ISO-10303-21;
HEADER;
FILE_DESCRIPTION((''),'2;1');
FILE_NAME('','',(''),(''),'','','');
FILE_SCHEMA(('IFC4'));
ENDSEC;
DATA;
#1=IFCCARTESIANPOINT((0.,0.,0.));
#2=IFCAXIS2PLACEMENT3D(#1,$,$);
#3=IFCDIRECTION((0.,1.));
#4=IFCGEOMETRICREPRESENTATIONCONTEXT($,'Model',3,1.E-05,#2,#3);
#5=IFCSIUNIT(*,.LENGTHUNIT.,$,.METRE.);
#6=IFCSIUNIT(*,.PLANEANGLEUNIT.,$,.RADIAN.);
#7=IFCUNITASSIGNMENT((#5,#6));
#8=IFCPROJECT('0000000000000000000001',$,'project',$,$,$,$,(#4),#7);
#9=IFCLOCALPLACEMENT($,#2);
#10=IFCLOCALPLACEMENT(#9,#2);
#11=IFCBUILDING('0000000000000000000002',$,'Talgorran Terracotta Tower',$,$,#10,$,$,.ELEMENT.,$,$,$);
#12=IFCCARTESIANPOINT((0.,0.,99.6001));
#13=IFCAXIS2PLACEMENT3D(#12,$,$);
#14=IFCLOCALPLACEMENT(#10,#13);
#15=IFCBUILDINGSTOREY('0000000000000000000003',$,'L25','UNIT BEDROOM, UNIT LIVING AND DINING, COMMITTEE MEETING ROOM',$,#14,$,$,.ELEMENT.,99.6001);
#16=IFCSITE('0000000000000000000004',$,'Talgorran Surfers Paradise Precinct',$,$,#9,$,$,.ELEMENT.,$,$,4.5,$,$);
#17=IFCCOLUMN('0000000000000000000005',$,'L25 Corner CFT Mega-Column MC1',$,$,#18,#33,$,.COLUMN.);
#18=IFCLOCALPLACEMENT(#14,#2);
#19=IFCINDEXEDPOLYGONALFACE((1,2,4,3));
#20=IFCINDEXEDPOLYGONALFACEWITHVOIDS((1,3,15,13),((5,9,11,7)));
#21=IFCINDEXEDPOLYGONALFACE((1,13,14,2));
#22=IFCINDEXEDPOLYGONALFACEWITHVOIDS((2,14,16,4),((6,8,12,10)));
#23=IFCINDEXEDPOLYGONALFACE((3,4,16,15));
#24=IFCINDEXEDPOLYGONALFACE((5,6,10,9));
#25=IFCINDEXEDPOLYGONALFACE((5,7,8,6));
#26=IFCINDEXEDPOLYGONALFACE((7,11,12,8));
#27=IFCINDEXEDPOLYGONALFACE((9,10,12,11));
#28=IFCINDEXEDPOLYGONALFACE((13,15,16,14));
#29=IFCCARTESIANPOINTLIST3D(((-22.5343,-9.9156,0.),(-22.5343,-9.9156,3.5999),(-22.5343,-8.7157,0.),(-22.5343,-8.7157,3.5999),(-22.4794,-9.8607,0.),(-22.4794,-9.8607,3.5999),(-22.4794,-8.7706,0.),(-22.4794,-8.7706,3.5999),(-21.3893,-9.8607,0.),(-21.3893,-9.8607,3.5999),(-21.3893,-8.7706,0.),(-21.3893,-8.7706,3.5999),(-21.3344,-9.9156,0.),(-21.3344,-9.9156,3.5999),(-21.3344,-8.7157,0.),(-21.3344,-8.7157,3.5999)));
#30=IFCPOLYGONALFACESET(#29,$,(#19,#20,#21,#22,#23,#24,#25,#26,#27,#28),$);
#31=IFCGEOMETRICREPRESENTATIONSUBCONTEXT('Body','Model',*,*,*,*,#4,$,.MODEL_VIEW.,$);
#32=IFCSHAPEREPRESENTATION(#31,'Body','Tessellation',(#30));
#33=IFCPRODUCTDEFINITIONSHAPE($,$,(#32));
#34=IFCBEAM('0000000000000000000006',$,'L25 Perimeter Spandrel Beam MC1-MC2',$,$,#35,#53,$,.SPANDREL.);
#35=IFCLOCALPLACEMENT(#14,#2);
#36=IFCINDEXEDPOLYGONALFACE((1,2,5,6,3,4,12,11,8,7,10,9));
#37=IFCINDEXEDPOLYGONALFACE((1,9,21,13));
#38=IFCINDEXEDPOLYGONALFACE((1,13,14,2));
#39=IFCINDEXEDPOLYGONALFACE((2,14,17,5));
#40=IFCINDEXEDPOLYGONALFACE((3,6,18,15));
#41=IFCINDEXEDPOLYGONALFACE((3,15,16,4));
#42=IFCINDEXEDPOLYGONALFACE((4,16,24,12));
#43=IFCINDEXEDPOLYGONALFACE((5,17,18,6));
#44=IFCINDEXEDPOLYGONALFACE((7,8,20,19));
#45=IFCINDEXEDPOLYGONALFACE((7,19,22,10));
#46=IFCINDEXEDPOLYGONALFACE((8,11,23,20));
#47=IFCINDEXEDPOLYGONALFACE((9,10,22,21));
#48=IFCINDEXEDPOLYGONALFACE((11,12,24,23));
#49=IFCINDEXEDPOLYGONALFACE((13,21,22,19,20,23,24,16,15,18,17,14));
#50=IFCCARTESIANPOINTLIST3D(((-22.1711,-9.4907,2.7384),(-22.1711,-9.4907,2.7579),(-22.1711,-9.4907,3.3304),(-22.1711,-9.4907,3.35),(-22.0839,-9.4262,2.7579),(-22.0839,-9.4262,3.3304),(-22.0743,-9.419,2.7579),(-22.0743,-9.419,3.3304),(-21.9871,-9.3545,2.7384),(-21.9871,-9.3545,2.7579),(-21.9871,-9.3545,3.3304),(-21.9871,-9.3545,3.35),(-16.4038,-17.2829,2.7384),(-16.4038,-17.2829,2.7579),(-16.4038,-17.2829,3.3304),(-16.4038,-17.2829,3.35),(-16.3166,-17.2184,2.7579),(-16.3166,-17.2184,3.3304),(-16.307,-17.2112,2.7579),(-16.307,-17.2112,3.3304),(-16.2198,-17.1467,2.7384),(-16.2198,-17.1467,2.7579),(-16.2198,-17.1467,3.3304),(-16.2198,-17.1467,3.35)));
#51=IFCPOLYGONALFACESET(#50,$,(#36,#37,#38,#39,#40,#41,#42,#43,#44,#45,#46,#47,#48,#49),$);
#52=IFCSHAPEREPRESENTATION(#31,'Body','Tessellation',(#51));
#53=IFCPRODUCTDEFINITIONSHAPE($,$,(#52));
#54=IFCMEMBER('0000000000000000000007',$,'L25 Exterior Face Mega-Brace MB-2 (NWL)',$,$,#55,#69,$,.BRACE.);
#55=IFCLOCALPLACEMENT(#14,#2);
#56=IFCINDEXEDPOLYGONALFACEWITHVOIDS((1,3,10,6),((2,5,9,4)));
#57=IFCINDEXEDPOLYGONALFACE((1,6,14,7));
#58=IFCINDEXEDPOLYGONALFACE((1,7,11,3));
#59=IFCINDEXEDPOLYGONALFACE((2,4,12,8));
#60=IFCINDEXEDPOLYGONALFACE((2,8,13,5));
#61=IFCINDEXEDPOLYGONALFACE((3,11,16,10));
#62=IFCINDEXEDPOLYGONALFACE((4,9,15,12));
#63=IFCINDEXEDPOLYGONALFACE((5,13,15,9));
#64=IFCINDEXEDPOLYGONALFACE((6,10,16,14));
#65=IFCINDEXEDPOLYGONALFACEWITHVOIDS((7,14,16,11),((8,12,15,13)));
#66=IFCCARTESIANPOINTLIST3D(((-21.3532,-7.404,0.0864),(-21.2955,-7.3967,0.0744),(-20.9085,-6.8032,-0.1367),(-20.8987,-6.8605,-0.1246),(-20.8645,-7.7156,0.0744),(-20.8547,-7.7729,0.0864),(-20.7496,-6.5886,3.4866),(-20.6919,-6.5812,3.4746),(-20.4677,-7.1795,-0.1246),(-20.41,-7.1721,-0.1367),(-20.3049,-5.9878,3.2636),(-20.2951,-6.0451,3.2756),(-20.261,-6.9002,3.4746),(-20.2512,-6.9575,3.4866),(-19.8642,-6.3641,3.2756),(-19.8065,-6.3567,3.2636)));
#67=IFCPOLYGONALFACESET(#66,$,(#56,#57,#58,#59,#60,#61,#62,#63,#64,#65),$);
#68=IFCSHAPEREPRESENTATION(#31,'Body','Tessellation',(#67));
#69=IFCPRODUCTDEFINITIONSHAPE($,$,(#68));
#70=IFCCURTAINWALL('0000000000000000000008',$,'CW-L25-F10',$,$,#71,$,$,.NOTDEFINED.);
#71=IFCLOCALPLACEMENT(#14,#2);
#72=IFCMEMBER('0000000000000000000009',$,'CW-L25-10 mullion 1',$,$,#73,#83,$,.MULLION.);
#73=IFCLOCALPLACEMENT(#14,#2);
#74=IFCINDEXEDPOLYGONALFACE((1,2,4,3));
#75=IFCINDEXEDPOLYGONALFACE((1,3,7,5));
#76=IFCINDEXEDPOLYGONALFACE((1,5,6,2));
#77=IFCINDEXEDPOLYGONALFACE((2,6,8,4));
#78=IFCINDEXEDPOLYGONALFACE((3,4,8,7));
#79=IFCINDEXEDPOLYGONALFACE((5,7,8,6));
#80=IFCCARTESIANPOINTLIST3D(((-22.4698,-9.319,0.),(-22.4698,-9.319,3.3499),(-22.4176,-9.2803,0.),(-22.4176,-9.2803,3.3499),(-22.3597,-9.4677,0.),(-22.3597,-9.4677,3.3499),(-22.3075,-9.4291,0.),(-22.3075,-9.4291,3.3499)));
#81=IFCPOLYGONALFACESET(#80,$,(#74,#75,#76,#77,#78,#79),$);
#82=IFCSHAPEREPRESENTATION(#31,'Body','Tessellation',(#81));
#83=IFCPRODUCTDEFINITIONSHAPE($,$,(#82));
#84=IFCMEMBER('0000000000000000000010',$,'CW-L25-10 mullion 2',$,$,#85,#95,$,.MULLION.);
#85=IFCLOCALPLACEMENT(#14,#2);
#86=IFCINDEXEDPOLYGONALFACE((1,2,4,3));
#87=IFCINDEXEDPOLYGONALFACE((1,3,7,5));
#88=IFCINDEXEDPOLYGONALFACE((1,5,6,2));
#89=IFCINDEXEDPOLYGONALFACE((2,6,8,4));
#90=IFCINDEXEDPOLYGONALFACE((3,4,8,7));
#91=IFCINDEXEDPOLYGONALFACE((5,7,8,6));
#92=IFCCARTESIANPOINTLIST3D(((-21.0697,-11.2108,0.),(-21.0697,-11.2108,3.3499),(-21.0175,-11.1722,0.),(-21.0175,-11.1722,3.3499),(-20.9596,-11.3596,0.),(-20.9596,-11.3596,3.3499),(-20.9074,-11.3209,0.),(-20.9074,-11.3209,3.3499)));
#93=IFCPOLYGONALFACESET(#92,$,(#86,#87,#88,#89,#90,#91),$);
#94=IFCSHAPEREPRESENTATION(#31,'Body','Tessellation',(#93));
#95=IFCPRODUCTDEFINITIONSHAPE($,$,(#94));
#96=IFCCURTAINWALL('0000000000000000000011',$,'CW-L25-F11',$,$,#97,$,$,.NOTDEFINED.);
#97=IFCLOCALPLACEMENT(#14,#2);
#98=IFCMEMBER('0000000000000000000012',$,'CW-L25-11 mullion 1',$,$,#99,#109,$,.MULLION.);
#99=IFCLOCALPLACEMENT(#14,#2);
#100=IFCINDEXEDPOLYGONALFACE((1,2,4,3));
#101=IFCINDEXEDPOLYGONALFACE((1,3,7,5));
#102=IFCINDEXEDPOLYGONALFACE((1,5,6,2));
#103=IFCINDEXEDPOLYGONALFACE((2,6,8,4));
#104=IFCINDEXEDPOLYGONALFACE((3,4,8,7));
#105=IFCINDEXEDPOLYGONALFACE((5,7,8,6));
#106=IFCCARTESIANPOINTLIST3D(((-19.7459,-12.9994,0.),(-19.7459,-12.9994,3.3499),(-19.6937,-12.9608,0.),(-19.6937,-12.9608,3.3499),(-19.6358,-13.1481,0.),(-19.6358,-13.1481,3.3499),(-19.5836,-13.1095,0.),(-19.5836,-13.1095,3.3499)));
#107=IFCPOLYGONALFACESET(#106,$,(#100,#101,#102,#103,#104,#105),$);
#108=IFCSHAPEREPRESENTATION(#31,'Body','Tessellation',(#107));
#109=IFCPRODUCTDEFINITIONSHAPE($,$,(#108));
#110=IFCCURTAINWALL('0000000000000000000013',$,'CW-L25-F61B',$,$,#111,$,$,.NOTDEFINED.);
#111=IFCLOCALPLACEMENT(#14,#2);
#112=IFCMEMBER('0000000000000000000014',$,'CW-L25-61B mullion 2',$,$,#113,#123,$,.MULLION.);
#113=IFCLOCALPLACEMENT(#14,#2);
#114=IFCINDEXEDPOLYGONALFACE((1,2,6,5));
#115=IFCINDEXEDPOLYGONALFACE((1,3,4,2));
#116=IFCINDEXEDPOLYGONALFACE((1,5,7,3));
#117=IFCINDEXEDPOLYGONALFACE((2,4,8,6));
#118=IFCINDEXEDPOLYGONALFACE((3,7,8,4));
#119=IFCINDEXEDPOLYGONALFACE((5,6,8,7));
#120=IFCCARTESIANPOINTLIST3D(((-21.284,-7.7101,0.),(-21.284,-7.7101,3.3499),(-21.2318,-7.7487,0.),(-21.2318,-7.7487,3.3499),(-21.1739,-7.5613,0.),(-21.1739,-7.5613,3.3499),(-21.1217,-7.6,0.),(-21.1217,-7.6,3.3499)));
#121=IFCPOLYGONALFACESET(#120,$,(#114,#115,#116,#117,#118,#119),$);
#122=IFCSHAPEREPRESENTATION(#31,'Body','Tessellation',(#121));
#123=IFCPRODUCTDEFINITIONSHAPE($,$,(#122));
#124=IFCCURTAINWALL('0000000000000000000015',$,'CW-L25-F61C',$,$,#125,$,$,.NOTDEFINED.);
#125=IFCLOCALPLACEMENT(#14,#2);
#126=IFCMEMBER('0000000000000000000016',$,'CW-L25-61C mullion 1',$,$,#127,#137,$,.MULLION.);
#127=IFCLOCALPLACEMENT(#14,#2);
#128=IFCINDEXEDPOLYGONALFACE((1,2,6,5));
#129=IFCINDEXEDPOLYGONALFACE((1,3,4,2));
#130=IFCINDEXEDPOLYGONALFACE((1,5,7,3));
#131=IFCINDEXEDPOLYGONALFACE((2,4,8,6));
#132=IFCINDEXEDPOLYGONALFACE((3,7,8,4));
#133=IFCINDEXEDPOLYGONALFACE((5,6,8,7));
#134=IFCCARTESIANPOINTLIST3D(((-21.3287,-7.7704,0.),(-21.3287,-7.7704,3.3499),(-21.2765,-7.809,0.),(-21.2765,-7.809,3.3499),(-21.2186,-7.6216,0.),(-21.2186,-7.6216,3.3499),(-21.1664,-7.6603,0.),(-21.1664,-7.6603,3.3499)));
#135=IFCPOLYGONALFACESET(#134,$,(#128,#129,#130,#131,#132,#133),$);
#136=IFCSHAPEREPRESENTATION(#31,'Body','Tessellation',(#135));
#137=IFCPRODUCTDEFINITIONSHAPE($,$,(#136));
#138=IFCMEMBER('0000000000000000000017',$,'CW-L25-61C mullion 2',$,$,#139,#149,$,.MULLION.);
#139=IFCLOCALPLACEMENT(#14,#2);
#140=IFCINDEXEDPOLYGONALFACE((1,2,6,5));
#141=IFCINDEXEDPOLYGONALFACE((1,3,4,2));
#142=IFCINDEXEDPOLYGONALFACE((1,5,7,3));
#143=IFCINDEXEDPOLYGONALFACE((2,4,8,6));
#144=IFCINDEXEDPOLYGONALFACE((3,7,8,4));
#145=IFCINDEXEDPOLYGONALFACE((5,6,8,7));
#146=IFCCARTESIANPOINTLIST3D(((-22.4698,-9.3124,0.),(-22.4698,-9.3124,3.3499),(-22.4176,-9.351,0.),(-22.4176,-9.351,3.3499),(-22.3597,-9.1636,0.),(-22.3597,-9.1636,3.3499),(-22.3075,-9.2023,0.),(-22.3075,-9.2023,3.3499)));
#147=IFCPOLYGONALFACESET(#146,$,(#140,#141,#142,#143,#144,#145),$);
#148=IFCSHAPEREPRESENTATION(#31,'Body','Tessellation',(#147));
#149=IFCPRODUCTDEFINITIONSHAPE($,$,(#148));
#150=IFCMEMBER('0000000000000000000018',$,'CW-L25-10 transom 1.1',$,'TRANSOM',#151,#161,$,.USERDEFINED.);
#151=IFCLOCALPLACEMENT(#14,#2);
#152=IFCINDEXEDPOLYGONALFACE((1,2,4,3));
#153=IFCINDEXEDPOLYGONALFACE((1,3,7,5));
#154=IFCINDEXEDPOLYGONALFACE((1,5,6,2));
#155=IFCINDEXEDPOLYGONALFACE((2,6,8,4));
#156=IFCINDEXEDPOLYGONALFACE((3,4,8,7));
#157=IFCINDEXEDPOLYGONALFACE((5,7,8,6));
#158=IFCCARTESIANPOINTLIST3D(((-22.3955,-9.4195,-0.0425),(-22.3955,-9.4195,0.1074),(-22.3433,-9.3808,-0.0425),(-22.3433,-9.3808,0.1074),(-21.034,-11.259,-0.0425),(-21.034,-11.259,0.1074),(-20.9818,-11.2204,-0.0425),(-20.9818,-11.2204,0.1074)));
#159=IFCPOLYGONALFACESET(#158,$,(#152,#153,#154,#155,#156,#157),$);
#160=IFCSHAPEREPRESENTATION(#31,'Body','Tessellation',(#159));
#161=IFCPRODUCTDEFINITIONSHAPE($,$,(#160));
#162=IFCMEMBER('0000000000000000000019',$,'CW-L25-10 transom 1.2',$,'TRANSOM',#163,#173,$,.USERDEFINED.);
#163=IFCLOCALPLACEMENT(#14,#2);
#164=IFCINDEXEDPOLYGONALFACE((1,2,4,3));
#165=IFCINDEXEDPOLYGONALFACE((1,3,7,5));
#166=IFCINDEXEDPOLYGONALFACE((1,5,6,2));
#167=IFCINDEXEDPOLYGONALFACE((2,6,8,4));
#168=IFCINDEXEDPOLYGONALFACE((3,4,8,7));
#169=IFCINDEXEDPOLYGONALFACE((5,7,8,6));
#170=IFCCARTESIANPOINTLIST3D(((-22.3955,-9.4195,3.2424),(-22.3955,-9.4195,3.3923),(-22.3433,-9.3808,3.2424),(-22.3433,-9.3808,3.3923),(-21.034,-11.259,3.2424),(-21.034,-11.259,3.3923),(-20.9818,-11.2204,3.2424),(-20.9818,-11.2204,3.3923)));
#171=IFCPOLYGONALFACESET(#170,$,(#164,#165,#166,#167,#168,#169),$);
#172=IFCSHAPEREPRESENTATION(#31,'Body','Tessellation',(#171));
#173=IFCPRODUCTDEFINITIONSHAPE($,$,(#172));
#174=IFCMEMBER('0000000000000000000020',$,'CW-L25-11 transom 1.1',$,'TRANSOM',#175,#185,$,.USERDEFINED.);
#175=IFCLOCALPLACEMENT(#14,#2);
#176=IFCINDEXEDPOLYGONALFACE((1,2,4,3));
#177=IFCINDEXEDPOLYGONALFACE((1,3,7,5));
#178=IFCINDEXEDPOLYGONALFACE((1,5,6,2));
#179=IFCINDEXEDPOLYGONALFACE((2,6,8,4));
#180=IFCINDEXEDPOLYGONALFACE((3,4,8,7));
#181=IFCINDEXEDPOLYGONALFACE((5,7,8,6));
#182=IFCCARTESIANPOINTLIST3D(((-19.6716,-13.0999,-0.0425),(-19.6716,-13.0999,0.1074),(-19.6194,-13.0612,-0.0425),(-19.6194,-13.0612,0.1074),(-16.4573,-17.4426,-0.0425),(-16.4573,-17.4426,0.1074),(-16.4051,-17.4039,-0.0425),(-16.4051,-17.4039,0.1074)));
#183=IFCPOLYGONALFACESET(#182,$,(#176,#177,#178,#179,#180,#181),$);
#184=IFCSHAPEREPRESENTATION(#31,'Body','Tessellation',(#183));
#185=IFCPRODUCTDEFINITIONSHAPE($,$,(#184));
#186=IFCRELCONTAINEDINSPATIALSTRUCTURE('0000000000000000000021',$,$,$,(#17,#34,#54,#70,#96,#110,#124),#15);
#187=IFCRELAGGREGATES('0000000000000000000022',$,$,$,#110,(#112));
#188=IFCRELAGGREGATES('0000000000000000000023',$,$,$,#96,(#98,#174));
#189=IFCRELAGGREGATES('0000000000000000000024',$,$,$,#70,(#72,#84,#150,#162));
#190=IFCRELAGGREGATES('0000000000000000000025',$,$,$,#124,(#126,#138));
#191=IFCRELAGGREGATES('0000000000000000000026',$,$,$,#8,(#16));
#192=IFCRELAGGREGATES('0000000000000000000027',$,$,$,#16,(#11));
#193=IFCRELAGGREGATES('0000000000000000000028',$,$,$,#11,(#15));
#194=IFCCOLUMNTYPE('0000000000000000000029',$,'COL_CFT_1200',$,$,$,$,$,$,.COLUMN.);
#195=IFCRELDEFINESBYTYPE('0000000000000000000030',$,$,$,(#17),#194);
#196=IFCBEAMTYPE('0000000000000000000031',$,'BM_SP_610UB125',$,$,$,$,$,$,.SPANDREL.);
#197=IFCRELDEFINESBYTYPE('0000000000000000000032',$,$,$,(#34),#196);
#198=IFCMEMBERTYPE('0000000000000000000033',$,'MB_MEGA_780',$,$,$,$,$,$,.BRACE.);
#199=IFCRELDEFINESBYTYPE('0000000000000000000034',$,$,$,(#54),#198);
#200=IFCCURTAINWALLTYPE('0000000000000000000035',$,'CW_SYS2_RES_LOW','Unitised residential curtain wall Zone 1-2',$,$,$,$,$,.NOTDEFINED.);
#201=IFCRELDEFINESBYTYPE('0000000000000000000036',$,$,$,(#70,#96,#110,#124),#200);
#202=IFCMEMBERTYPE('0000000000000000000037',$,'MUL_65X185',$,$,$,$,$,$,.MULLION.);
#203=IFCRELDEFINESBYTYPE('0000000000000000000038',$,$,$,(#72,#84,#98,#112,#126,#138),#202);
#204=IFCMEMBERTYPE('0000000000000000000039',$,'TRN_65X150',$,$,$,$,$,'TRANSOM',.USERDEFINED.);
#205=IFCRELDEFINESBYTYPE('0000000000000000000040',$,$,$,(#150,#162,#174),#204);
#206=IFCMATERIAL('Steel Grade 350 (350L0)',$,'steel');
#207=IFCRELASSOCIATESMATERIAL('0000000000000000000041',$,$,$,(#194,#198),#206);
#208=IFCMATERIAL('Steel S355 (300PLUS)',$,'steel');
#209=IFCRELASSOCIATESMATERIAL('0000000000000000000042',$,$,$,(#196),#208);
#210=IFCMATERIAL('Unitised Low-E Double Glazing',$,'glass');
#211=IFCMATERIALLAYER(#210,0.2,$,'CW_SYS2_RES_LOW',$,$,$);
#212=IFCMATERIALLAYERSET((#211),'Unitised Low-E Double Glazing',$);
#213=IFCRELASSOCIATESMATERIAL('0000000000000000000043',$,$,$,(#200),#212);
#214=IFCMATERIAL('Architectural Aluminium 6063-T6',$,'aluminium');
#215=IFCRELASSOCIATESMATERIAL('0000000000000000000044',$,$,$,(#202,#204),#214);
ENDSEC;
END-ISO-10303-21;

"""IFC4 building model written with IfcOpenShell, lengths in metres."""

from ifc_helpers import new_model, si_unit, direction, frame, origin, origin_2d, place, context, subcontext, project, spatial, rectangle, hollow_rectangle, i_section, extrude, material, layer, layer_set, material_profile, profile_set, type_object, element, aggregate, save


model = new_model("IFC4")

# Units and contexts
model_context = context("Model", 3, precision=1e-05, world=origin(), true_north=direction((0.0, 1.0)))
body_context = subcontext(model_context, "Body", "Model", "MODEL_VIEW")
ifc_project = project(units=[si_unit("LENGTHUNIT", "METRE"), si_unit("PLANEANGLEUNIT", "RADIAN")], contexts=[model_context])

# Site, building, storey
site_placement = place(None, origin())
site = spatial("IfcSite", under=ifc_project, at=site_placement, Name="Talgorran Surfers Paradise Precinct", CompositionType="ELEMENT", RefElevation=4.5)
building_placement = place(site_placement, origin())
building = spatial("IfcBuilding", under=site, at=building_placement, Name="Talgorran Terracotta Tower", CompositionType="ELEMENT")
storey_placement = place(building_placement, frame((0.0, 0.0, 99.6001)))
storey = spatial("IfcBuildingStorey", under=building, at=storey_placement, Name="L25", Description="UNIT BEDROOM, UNIT LIVING AND DINING, COMMITTEE MEETING ROOM", CompositionType="ELEMENT", Elevation=99.6001)

# Column
ifc_material_1 = material(Name="Steel Grade 350 (350L0)", Category="steel")
ifc_material_profile_1 = material_profile(ifc_material_1, hollow_rectangle(XDim=1.2, YDim=1.2, WallThickness=0.0549, at=origin_2d()), Name="CFT1200X1200X55")
ifc_profile_set_1 = profile_set([ifc_material_profile_1], Name="Steel Grade 350 (350L0)")
column_type = type_object("IfcColumnType", Name="COL_CFT_1200", PredefinedType="COLUMN", material=ifc_profile_set_1)
column_placement = place(storey_placement, frame((-21.9343, -9.3157, 0.0), z_axis=(0.0, 0.0, 1.0), x_axis=(1.0, 0.0, 0.0)))
element("IfcColumn", 1, at=column_placement, inside=storey, type_object=column_type, Name="L25 Corner CFT Mega-Column MC1", PredefinedType="COLUMN", context=body_context, shape_type="SweptSolid", body=[
    extrude(hollow_rectangle(XDim=1.2, YDim=1.2, WallThickness=0.0549, at=origin_2d()), origin(), (0.0, 0.0, 1.0), 3.5999),
])

# Beam
ifc_material_2 = material(Name="Steel S355 (300PLUS)", Category="steel")
ifc_material_profile_2 = material_profile(ifc_material_2, i_section(OverallWidth=0.229, OverallDepth=0.6116, WebThickness=0.012, FlangeThickness=0.0195, at=origin_2d()), Name="610UB125")
ifc_profile_set_2 = profile_set([ifc_material_profile_2], Name="Steel S355 (300PLUS)")
beam_type = type_object("IfcBeamType", Name="BM_SP_610UB125", PredefinedType="SPANDREL", material=ifc_profile_set_2)
beam_placement = place(storey_placement, frame((-22.0791, -9.4226, 3.0442), z_axis=(0.594915, -0.803789, 0.0), x_axis=(0.803789, 0.594915, 0.0)))
element("IfcBeam", 2, at=beam_placement, inside=storey, type_object=beam_type, Name="L25 Perimeter Spandrel Beam MC1-MC2", PredefinedType="SPANDREL", context=body_context, shape_type="SweptSolid", body=[
    extrude(i_section(OverallWidth=0.229, OverallDepth=0.6116, WebThickness=0.012, FlangeThickness=0.0195, at=origin_2d()), origin(), (0.0, 0.0, 1.0), 9.6943),
])

# Member
ifc_material_profile_3 = material_profile(ifc_material_1, hollow_rectangle(XDim=0.6201, YDim=0.78, WallThickness=0.042, at=origin_2d()), Name="WBOX780X620X42")
ifc_profile_set_3 = profile_set([ifc_material_profile_3], Name="Steel Grade 350 (350L0)")
member_type_1 = type_object("IfcMemberType", Name="MB_MEGA_780", PredefinedType="BRACE", material=ifc_profile_set_3)
member_1_placement = place(storey_placement, frame((-20.8816, -7.2881, -0.0251), z_axis=(0.170088, 0.229811, 0.958257), x_axis=(-0.803796, 0.594905, 0.0)))
element("IfcMember", 3, at=member_1_placement, inside=storey, type_object=member_type_1, Name="L25 Exterior Face Mega-Brace MB-2 (NWL)", PredefinedType="BRACE", context=body_context, shape_type="SweptSolid", body=[
    extrude(hollow_rectangle(XDim=0.6201, YDim=0.78, WallThickness=0.042, at=origin_2d()), origin(), (0.0, 0.0, 1.0), 3.5483),
])

# Curtain wall, members
ifc_material_3 = material(Name="Unitised Low-E Double Glazing", Category="glass")
ifc_layer_1 = layer(ifc_material_3, 0.2, Name="CW_SYS2_RES_LOW")
ifc_layer_set_1 = layer_set([ifc_layer_1], Name="Unitised Low-E Double Glazing")
curtain_wall_type = type_object("IfcCurtainWallType", Name="CW_SYS2_RES_LOW", Description="Unitised residential curtain wall Zone 1-2", PredefinedType="NOTDEFINED", material=ifc_layer_set_1)
curtain_wall_1_placement = place(storey_placement, origin())
curtain_wall_1 = element("IfcCurtainWall", 4, at=curtain_wall_1_placement, inside=storey, type_object=curtain_wall_type, Name="CW-L25-F10", PredefinedType="NOTDEFINED")
ifc_material_4 = material(Name="Architectural Aluminium 6063-T6", Category="aluminium")
ifc_material_profile_4 = material_profile(ifc_material_4, rectangle(XDim=0.0649, YDim=0.1851, at=origin_2d()), Name="CWM65X185")
ifc_profile_set_4 = profile_set([ifc_material_profile_4], Name="Architectural Aluminium 6063-T6")
member_type_2 = type_object("IfcMemberType", Name="MUL_65X185", PredefinedType="MULLION", material=ifc_profile_set_4)
member_2_placement = place(storey_placement, frame((-22.3887, -9.374, 0.0), z_axis=(0.0, 0.0, 1.0), x_axis=(0.803784, 0.594921, 0.0)))
member_2 = element("IfcMember", 5, at=member_2_placement, type_object=member_type_2, Name="CW-L25-10 mullion 1", PredefinedType="MULLION", context=body_context, shape_type="SweptSolid", body=[
    extrude(rectangle(XDim=0.0649, YDim=0.1851, at=origin_2d()), origin(), (0.0, 0.0, 1.0), 3.3499),
])
member_3_placement = place(storey_placement, frame((-20.9885, -11.2659, 0.0), z_axis=(0.0, 0.0, 1.0), x_axis=(0.803784, 0.594921, 0.0)))
member_3 = element("IfcMember", 6, at=member_3_placement, type_object=member_type_2, Name="CW-L25-10 mullion 2", PredefinedType="MULLION", context=body_context, shape_type="SweptSolid", body=[
    extrude(rectangle(XDim=0.0649, YDim=0.1851, at=origin_2d()), origin(), (0.0, 0.0, 1.0), 3.3499),
])

# Curtain walls, members
curtain_wall_2_placement = place(storey_placement, origin())
curtain_wall_2 = element("IfcCurtainWall", 7, at=curtain_wall_2_placement, inside=storey, type_object=curtain_wall_type, Name="CW-L25-F11", PredefinedType="NOTDEFINED")
member_4_placement = place(storey_placement, frame((-19.6648, -13.0544, 0.0), z_axis=(0.0, 0.0, 1.0), x_axis=(0.803788, 0.594916, 0.0)))
member_4 = element("IfcMember", 8, at=member_4_placement, type_object=member_type_2, Name="CW-L25-11 mullion 1", PredefinedType="MULLION", context=body_context, shape_type="SweptSolid", body=[
    extrude(rectangle(XDim=0.0649, YDim=0.1851, at=origin_2d()), origin(), (0.0, 0.0, 1.0), 3.3499),
])
curtain_wall_3_placement = place(storey_placement, origin())
curtain_wall_3 = element("IfcCurtainWall", 9, at=curtain_wall_3_placement, inside=storey, type_object=curtain_wall_type, Name="CW-L25-F61B", PredefinedType="NOTDEFINED")
member_5_placement = place(storey_placement, frame((-21.2029, -7.655, 0.0), z_axis=(0.0, 0.0, 1.0), x_axis=(0.803783, -0.594922, 0.0)))
member_5 = element("IfcMember", 10, at=member_5_placement, type_object=member_type_2, Name="CW-L25-61B mullion 2", PredefinedType="MULLION", context=body_context, shape_type="SweptSolid", body=[
    extrude(rectangle(XDim=0.0649, YDim=0.1851, at=origin_2d()), origin(), (0.0, 0.0, 1.0), 3.3499),
])
aggregate(curtain_wall_3, [member_5])

# Curtain wall, members
curtain_wall_4_placement = place(storey_placement, origin())
curtain_wall_4 = element("IfcCurtainWall", 11, at=curtain_wall_4_placement, inside=storey, type_object=curtain_wall_type, Name="CW-L25-F61C", PredefinedType="NOTDEFINED")
member_6_placement = place(storey_placement, frame((-21.2476, -7.7153, 0.0), z_axis=(0.0, 0.0, 1.0), x_axis=(0.803778, -0.59493, 0.0)))
member_6 = element("IfcMember", 12, at=member_6_placement, type_object=member_type_2, Name="CW-L25-61C mullion 1", PredefinedType="MULLION", context=body_context, shape_type="SweptSolid", body=[
    extrude(rectangle(XDim=0.0649, YDim=0.1851, at=origin_2d()), origin(), (0.0, 0.0, 1.0), 3.3499),
])
member_7_placement = place(storey_placement, frame((-22.3887, -9.2573, 0.0), z_axis=(0.0, 0.0, 1.0), x_axis=(0.803778, -0.59493, 0.0)))
member_7 = element("IfcMember", 13, at=member_7_placement, type_object=member_type_2, Name="CW-L25-61C mullion 2", PredefinedType="MULLION", context=body_context, shape_type="SweptSolid", body=[
    extrude(rectangle(XDim=0.0649, YDim=0.1851, at=origin_2d()), origin(), (0.0, 0.0, 1.0), 3.3499),
])

# Members
ifc_material_profile_5 = material_profile(ifc_material_4, rectangle(XDim=0.0649, YDim=0.1499, at=origin_2d()), Name="CWT65X150")
ifc_profile_set_5 = profile_set([ifc_material_profile_5], Name="Architectural Aluminium 6063-T6")
member_type_3 = type_object("IfcMemberType", Name="TRN_65X150", ElementType="TRANSOM", PredefinedType="USERDEFINED", material=ifc_profile_set_5)
member_8_placement = place(storey_placement, frame((-22.3694, -9.4001, 0.0325), z_axis=(0.594919, -0.803786, 0.0), x_axis=(0.803786, 0.594919, 0.0)))
member_8 = element("IfcMember", 14, at=member_8_placement, type_object=member_type_3, Name="CW-L25-10 transom 1.1", ObjectType="TRANSOM", PredefinedType="USERDEFINED", context=body_context, shape_type="SweptSolid", body=[
    extrude(rectangle(XDim=0.0649, YDim=0.1499, at=origin_2d()), origin(), (0.0, 0.0, 1.0), 2.2886),
])
member_9_placement = place(storey_placement, frame((-22.3694, -9.4001, 3.3174), z_axis=(0.594919, -0.803786, 0.0), x_axis=(0.803786, 0.594919, 0.0)))
member_9 = element("IfcMember", 15, at=member_9_placement, type_object=member_type_3, Name="CW-L25-10 transom 1.2", ObjectType="TRANSOM", PredefinedType="USERDEFINED", context=body_context, shape_type="SweptSolid", body=[
    extrude(rectangle(XDim=0.0649, YDim=0.1499, at=origin_2d()), origin(), (0.0, 0.0, 1.0), 2.2886),
])
member_10_placement = place(storey_placement, frame((-19.6455, -13.0806, 0.0325), z_axis=(0.594927, -0.80378, 0.0), x_axis=(0.80378, 0.594927, 0.0)))
member_10 = element("IfcMember", 16, at=member_10_placement, type_object=member_type_3, Name="CW-L25-11 transom 1.1", ObjectType="TRANSOM", PredefinedType="USERDEFINED", context=body_context, shape_type="SweptSolid", body=[
    extrude(rectangle(XDim=0.0649, YDim=0.1499, at=origin_2d()), origin(), (0.0, 0.0, 1.0), 5.4028),
])
aggregate(curtain_wall_2, [member_4, member_10])

aggregate(curtain_wall_1, [member_2, member_3, member_8, member_9])
aggregate(curtain_wall_4, [member_6, member_7])

save(model, "model.ifc")
